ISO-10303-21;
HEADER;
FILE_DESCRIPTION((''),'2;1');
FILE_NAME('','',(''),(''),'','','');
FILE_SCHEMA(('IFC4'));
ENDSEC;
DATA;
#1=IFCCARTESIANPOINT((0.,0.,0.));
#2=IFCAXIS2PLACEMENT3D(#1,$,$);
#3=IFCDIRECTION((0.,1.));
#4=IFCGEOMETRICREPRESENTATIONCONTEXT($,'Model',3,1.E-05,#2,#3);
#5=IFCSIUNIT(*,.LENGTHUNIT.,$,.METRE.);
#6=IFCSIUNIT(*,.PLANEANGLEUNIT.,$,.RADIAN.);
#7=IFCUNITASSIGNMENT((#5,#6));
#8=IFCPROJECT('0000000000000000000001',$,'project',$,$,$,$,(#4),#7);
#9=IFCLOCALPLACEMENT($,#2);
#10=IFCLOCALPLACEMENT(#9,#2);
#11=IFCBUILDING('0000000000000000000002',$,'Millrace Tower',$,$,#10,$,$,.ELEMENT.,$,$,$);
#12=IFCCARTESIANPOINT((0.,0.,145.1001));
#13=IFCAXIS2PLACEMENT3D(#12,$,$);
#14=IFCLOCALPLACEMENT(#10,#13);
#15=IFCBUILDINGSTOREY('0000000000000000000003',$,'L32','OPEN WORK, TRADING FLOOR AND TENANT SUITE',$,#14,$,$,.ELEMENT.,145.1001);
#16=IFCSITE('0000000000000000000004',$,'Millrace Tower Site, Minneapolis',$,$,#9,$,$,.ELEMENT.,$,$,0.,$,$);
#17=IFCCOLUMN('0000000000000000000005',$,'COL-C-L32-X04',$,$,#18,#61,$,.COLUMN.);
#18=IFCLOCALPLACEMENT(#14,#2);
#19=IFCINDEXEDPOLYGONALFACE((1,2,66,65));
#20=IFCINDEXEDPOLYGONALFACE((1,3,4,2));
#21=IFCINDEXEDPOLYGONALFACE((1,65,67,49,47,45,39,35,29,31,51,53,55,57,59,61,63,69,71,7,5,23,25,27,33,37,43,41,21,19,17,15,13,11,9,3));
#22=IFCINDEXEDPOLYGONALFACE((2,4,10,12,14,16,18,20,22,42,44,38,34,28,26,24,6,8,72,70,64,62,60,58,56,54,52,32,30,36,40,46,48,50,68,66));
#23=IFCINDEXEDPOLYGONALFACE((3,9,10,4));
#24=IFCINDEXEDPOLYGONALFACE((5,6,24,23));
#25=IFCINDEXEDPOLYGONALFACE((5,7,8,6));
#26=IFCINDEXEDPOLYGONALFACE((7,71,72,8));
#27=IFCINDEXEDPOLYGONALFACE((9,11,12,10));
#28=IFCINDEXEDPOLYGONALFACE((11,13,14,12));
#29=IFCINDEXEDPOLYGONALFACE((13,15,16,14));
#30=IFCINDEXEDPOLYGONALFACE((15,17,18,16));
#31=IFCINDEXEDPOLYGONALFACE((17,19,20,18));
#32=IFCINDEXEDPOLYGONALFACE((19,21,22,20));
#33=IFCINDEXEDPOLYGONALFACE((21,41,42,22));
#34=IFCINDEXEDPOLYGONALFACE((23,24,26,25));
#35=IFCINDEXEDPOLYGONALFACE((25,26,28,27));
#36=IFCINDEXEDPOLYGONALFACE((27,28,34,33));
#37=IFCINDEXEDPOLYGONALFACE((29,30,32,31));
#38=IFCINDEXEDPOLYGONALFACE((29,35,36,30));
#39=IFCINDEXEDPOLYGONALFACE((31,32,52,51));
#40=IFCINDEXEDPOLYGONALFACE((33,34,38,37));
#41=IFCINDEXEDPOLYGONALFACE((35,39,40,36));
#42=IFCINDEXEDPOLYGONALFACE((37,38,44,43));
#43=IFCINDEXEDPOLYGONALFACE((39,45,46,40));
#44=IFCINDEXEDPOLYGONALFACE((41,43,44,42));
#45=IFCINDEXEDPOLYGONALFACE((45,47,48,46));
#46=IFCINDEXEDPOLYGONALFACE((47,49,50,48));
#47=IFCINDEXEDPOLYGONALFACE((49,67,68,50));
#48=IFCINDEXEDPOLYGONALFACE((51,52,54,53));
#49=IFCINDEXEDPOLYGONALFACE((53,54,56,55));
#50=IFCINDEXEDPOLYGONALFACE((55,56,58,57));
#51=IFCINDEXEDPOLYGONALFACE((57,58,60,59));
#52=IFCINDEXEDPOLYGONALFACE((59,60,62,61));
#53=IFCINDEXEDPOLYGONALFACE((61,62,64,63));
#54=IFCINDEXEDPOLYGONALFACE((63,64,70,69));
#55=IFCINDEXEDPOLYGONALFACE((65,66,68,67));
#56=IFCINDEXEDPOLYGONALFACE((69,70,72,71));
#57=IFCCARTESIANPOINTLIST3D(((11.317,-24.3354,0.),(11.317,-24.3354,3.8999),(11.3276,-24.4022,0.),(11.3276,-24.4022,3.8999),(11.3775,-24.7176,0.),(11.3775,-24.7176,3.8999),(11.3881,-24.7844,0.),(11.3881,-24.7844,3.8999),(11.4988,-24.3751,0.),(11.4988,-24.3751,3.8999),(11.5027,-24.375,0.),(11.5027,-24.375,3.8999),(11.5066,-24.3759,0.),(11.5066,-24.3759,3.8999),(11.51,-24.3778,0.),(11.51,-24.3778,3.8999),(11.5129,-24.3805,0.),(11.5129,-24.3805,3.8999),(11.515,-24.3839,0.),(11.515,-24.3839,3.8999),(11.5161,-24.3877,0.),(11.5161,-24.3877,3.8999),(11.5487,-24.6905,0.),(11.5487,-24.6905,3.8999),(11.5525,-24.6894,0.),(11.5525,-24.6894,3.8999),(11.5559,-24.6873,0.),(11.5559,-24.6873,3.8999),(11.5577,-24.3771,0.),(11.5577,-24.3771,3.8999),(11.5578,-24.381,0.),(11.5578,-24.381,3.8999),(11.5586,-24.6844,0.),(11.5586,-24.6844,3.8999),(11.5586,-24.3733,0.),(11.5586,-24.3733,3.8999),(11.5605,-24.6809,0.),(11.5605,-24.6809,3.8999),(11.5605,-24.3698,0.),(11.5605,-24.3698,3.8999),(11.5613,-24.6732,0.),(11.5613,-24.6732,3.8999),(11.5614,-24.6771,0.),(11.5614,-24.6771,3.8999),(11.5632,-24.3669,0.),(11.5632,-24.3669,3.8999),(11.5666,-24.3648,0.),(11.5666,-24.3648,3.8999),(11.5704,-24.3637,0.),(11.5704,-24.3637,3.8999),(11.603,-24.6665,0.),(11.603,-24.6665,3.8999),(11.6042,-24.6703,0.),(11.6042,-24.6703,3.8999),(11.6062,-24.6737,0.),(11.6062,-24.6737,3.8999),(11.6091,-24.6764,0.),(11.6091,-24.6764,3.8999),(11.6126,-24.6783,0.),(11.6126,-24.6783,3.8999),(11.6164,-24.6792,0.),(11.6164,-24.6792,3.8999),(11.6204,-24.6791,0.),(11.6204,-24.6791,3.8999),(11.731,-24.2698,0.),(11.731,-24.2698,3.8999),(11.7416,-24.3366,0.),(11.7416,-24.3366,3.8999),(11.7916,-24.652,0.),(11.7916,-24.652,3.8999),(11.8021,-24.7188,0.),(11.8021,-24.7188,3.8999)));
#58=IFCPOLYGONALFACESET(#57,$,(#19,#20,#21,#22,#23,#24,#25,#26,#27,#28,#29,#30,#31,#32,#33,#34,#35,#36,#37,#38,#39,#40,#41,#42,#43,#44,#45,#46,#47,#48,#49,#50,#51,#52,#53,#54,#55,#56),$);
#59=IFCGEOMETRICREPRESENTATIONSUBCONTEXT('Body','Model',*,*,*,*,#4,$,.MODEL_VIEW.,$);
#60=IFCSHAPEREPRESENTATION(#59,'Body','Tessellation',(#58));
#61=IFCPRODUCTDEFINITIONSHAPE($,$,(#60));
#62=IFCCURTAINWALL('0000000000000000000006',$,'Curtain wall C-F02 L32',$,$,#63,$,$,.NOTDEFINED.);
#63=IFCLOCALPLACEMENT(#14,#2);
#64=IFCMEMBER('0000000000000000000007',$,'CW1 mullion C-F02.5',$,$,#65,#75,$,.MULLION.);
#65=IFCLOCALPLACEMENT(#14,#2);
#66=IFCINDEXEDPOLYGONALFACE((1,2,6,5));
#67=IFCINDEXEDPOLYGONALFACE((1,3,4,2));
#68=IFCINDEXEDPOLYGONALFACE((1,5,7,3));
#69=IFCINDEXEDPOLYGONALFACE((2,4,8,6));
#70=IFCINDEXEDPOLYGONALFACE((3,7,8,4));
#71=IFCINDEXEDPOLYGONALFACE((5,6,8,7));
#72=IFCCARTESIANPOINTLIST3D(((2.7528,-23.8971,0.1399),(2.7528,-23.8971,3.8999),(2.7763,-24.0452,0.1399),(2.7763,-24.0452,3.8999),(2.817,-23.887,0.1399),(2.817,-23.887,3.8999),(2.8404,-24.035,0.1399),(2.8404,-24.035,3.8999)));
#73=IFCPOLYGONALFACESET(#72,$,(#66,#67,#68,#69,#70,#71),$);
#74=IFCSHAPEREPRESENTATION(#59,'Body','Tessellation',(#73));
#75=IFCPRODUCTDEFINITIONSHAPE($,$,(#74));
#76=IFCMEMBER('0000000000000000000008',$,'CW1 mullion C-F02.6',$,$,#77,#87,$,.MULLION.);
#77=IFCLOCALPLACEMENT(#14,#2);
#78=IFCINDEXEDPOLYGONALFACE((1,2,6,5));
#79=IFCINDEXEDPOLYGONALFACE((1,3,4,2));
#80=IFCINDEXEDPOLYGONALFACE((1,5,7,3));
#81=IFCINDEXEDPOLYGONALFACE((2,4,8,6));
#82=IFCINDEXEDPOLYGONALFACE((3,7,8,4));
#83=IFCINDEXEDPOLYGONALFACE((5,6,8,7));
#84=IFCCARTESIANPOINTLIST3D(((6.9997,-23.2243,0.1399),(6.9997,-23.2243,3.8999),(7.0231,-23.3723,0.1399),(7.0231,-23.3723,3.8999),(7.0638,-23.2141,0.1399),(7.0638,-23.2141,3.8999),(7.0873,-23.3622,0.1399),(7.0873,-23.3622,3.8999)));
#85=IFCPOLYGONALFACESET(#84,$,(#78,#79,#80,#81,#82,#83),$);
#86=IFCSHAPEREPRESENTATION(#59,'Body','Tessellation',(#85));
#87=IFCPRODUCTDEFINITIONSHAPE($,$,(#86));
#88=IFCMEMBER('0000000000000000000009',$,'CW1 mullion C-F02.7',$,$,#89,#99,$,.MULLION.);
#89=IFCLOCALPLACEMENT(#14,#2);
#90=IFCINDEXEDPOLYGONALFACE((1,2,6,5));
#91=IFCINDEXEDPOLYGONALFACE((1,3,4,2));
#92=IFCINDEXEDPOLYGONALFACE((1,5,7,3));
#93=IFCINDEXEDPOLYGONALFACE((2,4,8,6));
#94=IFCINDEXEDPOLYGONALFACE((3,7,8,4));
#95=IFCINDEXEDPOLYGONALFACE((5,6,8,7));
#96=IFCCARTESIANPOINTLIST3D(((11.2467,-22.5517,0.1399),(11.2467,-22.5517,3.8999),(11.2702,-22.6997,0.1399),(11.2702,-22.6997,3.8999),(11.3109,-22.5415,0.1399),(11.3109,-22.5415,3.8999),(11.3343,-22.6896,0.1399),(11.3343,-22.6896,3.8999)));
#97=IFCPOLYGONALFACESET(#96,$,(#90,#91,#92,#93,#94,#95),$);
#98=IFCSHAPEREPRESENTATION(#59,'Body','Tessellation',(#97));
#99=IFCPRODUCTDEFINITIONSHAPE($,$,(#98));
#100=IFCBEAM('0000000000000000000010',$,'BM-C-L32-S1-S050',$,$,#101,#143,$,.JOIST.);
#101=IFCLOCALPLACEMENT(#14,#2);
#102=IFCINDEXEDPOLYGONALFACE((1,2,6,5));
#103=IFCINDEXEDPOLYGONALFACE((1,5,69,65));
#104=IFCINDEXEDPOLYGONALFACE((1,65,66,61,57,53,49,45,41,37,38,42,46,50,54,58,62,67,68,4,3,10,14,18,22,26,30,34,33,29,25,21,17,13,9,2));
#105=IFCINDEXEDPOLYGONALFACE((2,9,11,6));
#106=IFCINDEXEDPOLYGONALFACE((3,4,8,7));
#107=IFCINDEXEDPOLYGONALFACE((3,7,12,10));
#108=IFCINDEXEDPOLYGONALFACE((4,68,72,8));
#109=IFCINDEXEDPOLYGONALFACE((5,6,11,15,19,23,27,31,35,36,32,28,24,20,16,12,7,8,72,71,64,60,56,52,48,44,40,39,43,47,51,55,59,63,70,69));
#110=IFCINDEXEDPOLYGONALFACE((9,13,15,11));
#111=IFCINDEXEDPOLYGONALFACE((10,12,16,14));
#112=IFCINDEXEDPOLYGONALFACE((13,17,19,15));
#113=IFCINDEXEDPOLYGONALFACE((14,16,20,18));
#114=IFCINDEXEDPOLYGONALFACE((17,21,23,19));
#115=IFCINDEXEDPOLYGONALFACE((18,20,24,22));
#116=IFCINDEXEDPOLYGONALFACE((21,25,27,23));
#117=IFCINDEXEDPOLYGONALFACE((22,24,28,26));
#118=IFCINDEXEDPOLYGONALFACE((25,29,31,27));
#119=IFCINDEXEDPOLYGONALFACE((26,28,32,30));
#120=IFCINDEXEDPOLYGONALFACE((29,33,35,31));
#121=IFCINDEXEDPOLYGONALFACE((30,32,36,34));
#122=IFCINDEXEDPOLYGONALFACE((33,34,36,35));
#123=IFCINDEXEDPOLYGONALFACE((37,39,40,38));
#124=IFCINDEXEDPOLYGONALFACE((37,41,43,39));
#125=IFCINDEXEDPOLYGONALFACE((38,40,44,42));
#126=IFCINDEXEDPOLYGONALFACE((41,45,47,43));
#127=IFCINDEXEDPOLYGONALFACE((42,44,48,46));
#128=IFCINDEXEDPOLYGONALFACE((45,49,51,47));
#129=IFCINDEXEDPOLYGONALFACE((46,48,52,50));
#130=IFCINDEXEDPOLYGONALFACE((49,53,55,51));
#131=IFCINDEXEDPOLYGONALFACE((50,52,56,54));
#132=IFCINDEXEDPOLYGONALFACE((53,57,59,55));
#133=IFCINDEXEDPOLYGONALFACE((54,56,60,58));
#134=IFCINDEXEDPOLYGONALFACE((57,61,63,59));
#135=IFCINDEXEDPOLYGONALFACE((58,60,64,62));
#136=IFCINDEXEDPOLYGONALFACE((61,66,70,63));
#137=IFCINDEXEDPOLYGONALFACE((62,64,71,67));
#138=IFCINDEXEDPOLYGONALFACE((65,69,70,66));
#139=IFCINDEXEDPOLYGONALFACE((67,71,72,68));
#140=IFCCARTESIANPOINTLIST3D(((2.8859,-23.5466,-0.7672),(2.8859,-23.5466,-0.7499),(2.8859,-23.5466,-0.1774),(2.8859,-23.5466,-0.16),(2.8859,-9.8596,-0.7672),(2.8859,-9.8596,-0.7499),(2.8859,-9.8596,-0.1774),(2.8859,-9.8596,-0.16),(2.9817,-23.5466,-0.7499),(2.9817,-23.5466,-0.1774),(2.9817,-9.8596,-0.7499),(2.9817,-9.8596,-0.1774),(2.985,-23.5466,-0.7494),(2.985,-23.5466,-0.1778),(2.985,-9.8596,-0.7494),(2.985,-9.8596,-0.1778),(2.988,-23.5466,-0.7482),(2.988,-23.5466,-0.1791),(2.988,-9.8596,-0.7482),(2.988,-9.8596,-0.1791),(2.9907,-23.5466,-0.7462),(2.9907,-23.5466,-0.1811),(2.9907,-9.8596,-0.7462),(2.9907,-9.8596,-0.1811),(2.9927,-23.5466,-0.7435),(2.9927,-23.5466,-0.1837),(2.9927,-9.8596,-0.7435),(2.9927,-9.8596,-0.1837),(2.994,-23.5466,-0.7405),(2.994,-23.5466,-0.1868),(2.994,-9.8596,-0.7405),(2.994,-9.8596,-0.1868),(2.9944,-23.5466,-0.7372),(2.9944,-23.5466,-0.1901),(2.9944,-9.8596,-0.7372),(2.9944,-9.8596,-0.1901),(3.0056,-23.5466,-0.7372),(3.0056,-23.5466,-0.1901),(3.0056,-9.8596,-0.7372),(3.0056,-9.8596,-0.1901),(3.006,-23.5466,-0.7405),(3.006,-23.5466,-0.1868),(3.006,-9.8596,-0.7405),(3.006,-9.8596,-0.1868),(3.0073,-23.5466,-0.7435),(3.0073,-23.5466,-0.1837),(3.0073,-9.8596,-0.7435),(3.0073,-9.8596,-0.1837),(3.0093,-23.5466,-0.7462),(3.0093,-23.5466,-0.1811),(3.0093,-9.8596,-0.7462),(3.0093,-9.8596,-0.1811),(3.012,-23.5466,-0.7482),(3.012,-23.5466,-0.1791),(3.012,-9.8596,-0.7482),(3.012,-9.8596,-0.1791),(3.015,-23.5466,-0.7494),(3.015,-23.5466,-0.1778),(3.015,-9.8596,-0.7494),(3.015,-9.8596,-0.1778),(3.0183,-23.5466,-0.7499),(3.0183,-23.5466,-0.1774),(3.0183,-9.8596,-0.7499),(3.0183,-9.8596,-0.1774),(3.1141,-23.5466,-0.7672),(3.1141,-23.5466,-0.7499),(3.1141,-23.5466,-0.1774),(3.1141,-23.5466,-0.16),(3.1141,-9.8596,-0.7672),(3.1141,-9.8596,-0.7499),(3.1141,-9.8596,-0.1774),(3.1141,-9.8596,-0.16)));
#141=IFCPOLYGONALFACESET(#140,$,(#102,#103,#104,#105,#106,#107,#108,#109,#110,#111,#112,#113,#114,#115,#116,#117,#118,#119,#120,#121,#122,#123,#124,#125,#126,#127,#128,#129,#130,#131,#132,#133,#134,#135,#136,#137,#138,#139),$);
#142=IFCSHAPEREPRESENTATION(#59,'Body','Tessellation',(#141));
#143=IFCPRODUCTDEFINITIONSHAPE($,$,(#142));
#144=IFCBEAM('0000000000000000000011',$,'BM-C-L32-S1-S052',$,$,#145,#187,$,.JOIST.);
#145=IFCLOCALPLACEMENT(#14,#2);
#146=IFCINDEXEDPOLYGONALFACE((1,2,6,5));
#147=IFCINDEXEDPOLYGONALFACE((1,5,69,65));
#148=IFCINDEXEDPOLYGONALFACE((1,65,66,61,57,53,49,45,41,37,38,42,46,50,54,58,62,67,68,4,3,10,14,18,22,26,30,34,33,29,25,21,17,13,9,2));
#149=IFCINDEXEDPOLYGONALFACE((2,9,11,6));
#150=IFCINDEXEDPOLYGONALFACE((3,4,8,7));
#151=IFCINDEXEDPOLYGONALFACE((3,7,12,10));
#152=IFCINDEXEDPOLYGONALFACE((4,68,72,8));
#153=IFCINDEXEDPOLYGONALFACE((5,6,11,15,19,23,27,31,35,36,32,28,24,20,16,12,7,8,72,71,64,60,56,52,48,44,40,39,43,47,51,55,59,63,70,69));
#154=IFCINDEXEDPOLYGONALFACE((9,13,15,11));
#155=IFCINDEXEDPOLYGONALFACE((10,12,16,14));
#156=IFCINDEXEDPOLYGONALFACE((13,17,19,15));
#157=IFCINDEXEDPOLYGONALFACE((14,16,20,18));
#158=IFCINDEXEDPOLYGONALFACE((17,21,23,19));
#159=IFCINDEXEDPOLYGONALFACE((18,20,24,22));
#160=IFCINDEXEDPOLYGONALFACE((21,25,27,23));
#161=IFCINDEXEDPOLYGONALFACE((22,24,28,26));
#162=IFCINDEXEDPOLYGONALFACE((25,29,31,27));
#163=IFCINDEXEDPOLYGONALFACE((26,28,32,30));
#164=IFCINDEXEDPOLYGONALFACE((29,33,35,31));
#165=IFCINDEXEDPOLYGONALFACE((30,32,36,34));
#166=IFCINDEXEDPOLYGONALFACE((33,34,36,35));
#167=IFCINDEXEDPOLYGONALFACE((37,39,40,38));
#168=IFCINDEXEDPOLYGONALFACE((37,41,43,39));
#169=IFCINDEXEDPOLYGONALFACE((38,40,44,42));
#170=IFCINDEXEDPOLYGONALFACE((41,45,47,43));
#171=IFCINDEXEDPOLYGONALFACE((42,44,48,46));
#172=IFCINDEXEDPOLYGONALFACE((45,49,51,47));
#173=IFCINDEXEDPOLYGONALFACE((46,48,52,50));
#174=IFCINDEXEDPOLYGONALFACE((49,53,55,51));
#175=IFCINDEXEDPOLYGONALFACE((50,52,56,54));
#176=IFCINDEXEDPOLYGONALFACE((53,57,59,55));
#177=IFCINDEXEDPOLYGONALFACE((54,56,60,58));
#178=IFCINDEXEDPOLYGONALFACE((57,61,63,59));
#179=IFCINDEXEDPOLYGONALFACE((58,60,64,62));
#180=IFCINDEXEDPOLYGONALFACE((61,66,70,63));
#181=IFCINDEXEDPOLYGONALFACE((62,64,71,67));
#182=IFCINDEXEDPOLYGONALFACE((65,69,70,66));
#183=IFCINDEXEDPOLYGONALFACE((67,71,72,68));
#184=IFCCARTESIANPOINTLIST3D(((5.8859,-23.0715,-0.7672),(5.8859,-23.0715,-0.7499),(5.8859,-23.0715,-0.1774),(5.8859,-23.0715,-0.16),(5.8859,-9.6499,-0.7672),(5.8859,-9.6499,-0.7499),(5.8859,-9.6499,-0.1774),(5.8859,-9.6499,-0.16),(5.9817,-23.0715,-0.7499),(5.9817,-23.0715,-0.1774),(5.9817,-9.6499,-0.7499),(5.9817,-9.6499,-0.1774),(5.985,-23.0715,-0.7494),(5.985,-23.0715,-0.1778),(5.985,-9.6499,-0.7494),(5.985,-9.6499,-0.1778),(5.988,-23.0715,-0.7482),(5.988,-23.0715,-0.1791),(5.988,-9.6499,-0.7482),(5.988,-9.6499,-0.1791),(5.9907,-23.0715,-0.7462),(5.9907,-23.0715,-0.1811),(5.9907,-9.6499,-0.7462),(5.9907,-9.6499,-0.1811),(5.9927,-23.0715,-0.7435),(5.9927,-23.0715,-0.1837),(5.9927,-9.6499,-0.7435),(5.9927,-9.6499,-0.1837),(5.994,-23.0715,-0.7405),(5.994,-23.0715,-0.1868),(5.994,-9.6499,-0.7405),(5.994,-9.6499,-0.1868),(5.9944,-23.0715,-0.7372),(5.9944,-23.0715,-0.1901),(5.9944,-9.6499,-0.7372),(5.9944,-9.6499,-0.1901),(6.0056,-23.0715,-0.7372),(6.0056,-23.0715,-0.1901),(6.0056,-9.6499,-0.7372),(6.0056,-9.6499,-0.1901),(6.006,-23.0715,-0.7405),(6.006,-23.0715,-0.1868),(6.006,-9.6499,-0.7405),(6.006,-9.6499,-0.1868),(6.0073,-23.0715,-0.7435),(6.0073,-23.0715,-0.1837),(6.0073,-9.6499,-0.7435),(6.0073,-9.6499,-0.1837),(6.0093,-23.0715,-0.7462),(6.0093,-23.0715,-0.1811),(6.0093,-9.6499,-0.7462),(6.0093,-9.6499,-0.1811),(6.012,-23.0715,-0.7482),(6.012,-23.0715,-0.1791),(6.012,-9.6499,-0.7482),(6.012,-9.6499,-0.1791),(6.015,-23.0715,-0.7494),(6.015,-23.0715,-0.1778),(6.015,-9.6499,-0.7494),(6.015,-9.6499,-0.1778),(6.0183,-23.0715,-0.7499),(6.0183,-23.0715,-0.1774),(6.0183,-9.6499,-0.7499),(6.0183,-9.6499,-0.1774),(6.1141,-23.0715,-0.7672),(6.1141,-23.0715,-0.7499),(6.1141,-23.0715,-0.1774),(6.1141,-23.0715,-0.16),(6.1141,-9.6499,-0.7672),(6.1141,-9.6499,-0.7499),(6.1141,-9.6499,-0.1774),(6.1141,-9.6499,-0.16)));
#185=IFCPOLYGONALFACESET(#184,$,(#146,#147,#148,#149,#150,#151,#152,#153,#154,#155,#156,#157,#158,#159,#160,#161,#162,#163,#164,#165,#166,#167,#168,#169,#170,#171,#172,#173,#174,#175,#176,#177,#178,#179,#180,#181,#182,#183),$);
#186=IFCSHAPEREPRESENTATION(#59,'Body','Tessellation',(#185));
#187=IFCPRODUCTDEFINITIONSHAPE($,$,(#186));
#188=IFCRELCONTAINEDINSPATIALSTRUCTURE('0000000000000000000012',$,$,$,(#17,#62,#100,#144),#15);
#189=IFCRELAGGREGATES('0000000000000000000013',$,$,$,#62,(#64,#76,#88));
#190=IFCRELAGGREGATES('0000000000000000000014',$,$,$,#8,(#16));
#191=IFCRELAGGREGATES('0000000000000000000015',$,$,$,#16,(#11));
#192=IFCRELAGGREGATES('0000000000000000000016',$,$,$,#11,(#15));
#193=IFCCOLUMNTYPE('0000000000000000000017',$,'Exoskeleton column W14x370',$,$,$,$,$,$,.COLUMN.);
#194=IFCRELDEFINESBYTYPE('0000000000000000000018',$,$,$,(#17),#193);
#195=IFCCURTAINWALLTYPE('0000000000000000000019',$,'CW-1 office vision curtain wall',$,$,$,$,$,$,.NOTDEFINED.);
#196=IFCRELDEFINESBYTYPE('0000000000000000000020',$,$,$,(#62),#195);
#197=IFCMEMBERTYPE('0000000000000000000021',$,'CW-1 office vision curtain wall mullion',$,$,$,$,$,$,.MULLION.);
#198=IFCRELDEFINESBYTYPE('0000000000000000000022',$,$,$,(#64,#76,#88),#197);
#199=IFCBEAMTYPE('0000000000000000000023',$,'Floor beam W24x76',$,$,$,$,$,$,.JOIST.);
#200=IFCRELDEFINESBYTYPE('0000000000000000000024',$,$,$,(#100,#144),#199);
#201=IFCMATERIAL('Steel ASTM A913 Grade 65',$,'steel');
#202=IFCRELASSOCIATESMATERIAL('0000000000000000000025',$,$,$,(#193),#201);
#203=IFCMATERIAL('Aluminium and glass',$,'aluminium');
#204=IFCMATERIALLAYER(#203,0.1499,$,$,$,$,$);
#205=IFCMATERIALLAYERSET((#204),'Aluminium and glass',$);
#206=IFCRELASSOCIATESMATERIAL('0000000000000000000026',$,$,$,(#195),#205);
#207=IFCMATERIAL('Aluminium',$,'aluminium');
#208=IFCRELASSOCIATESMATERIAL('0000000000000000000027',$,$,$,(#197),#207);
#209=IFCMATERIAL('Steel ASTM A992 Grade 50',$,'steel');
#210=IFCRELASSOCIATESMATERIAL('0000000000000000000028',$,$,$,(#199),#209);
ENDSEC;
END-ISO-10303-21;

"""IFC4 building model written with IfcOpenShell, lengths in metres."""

from ifc_helpers import new_model, si_unit, direction, frame, origin, origin_2d, place, context, subcontext, project, spatial, rectangle, i_section, extrude, material, layer, layer_set, material_profile, profile_set, type_object, element, aggregate, save


model = new_model("IFC4")

# Units and contexts
model_context = context("Model", 3, precision=1e-05, world=origin(), true_north=direction((0.0, 1.0)))
body_context = subcontext(model_context, "Body", "Model", "MODEL_VIEW")
ifc_project = project(units=[si_unit("LENGTHUNIT", "METRE"), si_unit("PLANEANGLEUNIT", "RADIAN")], contexts=[model_context])

# Site, building, storey
site_placement = place(None, origin())
site = spatial("IfcSite", under=ifc_project, at=site_placement, Name="Millrace Tower Site, Minneapolis", CompositionType="ELEMENT", RefElevation=0.0)
building_placement = place(site_placement, origin())
building = spatial("IfcBuilding", under=site, at=building_placement, Name="Millrace Tower", CompositionType="ELEMENT")
storey_placement = place(building_placement, frame((0.0, 0.0, 145.1001)))
storey = spatial("IfcBuildingStorey", under=building, at=storey_placement, Name="L32", Description="OPEN WORK, TRADING FLOOR AND TENANT SUITE", CompositionType="ELEMENT", Elevation=145.1001)

# Column
ifc_material_1 = material(Name="Steel ASTM A913 Grade 65", Category="steel")
ifc_material_profile_1 = material_profile(ifc_material_1, i_section(OverallWidth=0.4192, OverallDepth=0.4546, WebThickness=0.0422, FlangeThickness=0.0676, FilletRadius=0.0151, at=origin_2d()))
ifc_profile_set_1 = profile_set([ifc_material_profile_1], Name="Steel ASTM A913 Grade 65")
column_type = type_object("IfcColumnType", Name="Exoskeleton column W14x370", PredefinedType="COLUMN", material=ifc_profile_set_1)
column_placement = place(storey_placement, frame((11.5596, -24.5271, 0.0), z_axis=(0.0, 0.0, 1.0), x_axis=(0.987688, 0.156434, 0.0)))
element("IfcColumn", 1, at=column_placement, inside=storey, type_object=column_type, Name="COL-C-L32-X04", PredefinedType="COLUMN", context=body_context, shape_type="SweptSolid", body=[
    extrude(i_section(OverallWidth=0.4192, OverallDepth=0.4546, WebThickness=0.0422, FlangeThickness=0.0676, FilletRadius=0.0151, at=origin_2d()), origin(), (0.0, 0.0, 1.0), 3.8999),
])

# Curtain wall, members
ifc_material_2 = material(Name="Aluminium and glass", Category="aluminium")
ifc_layer_1 = layer(ifc_material_2, 0.1499)
ifc_layer_set_1 = layer_set([ifc_layer_1], Name="Aluminium and glass")
curtain_wall_type = type_object("IfcCurtainWallType", Name="CW-1 office vision curtain wall", PredefinedType="NOTDEFINED", material=ifc_layer_set_1)
placement = place(storey_placement, origin())
curtain_wall = element("IfcCurtainWall", 2, at=placement, inside=storey, type_object=curtain_wall_type, Name="Curtain wall C-F02 L32", PredefinedType="NOTDEFINED")
ifc_material_3 = material(Name="Aluminium", Category="aluminium")
ifc_material_profile_2 = material_profile(ifc_material_3, rectangle(XDim=0.0649, YDim=0.1499, at=origin_2d()))
ifc_profile_set_2 = profile_set([ifc_material_profile_2], Name="Aluminium")
member_type = type_object("IfcMemberType", Name="CW-1 office vision curtain wall mullion", PredefinedType="MULLION", material=ifc_profile_set_2)
member_1_placement = place(storey_placement, frame((2.7966, -23.9661, 0.1399), z_axis=(0.0, 0.0, 1.0), x_axis=(0.987688, 0.156434, 0.0)))
member_1 = element("IfcMember", 3, at=member_1_placement, type_object=member_type, Name="CW1 mullion C-F02.5", PredefinedType="MULLION", context=body_context, shape_type="SweptSolid", body=[
    extrude(rectangle(XDim=0.0649, YDim=0.1499, at=origin_2d()), origin(), (0.0, 0.0, 1.0), 3.76),
])
member_2_placement = place(storey_placement, frame((7.0435, -23.2932, 0.1399), z_axis=(0.0, 0.0, 1.0), x_axis=(0.987688, 0.156434, 0.0)))
member_2 = element("IfcMember", 4, at=member_2_placement, type_object=member_type, Name="CW1 mullion C-F02.6", PredefinedType="MULLION", context=body_context, shape_type="SweptSolid", body=[
    extrude(rectangle(XDim=0.0649, YDim=0.1499, at=origin_2d()), origin(), (0.0, 0.0, 1.0), 3.76),
])
member_3_placement = place(storey_placement, frame((11.2905, -22.6206, 0.1399), z_axis=(0.0, 0.0, 1.0), x_axis=(0.987688, 0.156434, 0.0)))
member_3 = element("IfcMember", 5, at=member_3_placement, type_object=member_type, Name="CW1 mullion C-F02.7", PredefinedType="MULLION", context=body_context, shape_type="SweptSolid", body=[
    extrude(rectangle(XDim=0.0649, YDim=0.1499, at=origin_2d()), origin(), (0.0, 0.0, 1.0), 3.76),
])
aggregate(curtain_wall, [member_1, member_2, member_3])

# Beams
ifc_material_4 = material(Name="Steel ASTM A992 Grade 50", Category="steel")
ifc_material_profile_3 = material_profile(ifc_material_4, i_section(OverallWidth=0.2283, OverallDepth=0.6072, WebThickness=0.0112, FlangeThickness=0.0173, FilletRadius=0.0127, at=origin_2d()))
ifc_profile_set_3 = profile_set([ifc_material_profile_3], Name="Steel ASTM A992 Grade 50")
beam_type_1 = type_object("IfcBeamType", Name="Floor beam W24x76", PredefinedType="JOIST", material=ifc_profile_set_3)
beam_1_placement = place(storey_placement, frame((3.0, -23.5466, -0.4636), z_axis=(0.0, 1.0, 0.0), x_axis=(-1.0, 0.0, 0.0)))
element("IfcBeam", 6, at=beam_1_placement, inside=storey, type_object=beam_type_1, Name="BM-C-L32-S1-S050", PredefinedType="JOIST", context=body_context, shape_type="SweptSolid", body=[
    extrude(i_section(OverallWidth=0.2283, OverallDepth=0.6072, WebThickness=0.0112, FlangeThickness=0.0173, FilletRadius=0.0127, at=origin_2d()), origin(), (0.0, 0.0, 1.0), 13.687),
])
beam_2_placement = place(storey_placement, frame((6.0, -23.0715, -0.4636), z_axis=(0.0, 1.0, 0.0), x_axis=(-1.0, 0.0, 0.0)))
element("IfcBeam", 7, at=beam_2_placement, inside=storey, type_object=beam_type_1, Name="BM-C-L32-S1-S052", PredefinedType="JOIST", context=body_context, shape_type="SweptSolid", body=[
    extrude(i_section(OverallWidth=0.2283, OverallDepth=0.6072, WebThickness=0.0112, FlangeThickness=0.0173, FilletRadius=0.0127, at=origin_2d()), origin(), (0.0, 0.0, 1.0), 13.4216),
])

save(model, "model.ifc")
